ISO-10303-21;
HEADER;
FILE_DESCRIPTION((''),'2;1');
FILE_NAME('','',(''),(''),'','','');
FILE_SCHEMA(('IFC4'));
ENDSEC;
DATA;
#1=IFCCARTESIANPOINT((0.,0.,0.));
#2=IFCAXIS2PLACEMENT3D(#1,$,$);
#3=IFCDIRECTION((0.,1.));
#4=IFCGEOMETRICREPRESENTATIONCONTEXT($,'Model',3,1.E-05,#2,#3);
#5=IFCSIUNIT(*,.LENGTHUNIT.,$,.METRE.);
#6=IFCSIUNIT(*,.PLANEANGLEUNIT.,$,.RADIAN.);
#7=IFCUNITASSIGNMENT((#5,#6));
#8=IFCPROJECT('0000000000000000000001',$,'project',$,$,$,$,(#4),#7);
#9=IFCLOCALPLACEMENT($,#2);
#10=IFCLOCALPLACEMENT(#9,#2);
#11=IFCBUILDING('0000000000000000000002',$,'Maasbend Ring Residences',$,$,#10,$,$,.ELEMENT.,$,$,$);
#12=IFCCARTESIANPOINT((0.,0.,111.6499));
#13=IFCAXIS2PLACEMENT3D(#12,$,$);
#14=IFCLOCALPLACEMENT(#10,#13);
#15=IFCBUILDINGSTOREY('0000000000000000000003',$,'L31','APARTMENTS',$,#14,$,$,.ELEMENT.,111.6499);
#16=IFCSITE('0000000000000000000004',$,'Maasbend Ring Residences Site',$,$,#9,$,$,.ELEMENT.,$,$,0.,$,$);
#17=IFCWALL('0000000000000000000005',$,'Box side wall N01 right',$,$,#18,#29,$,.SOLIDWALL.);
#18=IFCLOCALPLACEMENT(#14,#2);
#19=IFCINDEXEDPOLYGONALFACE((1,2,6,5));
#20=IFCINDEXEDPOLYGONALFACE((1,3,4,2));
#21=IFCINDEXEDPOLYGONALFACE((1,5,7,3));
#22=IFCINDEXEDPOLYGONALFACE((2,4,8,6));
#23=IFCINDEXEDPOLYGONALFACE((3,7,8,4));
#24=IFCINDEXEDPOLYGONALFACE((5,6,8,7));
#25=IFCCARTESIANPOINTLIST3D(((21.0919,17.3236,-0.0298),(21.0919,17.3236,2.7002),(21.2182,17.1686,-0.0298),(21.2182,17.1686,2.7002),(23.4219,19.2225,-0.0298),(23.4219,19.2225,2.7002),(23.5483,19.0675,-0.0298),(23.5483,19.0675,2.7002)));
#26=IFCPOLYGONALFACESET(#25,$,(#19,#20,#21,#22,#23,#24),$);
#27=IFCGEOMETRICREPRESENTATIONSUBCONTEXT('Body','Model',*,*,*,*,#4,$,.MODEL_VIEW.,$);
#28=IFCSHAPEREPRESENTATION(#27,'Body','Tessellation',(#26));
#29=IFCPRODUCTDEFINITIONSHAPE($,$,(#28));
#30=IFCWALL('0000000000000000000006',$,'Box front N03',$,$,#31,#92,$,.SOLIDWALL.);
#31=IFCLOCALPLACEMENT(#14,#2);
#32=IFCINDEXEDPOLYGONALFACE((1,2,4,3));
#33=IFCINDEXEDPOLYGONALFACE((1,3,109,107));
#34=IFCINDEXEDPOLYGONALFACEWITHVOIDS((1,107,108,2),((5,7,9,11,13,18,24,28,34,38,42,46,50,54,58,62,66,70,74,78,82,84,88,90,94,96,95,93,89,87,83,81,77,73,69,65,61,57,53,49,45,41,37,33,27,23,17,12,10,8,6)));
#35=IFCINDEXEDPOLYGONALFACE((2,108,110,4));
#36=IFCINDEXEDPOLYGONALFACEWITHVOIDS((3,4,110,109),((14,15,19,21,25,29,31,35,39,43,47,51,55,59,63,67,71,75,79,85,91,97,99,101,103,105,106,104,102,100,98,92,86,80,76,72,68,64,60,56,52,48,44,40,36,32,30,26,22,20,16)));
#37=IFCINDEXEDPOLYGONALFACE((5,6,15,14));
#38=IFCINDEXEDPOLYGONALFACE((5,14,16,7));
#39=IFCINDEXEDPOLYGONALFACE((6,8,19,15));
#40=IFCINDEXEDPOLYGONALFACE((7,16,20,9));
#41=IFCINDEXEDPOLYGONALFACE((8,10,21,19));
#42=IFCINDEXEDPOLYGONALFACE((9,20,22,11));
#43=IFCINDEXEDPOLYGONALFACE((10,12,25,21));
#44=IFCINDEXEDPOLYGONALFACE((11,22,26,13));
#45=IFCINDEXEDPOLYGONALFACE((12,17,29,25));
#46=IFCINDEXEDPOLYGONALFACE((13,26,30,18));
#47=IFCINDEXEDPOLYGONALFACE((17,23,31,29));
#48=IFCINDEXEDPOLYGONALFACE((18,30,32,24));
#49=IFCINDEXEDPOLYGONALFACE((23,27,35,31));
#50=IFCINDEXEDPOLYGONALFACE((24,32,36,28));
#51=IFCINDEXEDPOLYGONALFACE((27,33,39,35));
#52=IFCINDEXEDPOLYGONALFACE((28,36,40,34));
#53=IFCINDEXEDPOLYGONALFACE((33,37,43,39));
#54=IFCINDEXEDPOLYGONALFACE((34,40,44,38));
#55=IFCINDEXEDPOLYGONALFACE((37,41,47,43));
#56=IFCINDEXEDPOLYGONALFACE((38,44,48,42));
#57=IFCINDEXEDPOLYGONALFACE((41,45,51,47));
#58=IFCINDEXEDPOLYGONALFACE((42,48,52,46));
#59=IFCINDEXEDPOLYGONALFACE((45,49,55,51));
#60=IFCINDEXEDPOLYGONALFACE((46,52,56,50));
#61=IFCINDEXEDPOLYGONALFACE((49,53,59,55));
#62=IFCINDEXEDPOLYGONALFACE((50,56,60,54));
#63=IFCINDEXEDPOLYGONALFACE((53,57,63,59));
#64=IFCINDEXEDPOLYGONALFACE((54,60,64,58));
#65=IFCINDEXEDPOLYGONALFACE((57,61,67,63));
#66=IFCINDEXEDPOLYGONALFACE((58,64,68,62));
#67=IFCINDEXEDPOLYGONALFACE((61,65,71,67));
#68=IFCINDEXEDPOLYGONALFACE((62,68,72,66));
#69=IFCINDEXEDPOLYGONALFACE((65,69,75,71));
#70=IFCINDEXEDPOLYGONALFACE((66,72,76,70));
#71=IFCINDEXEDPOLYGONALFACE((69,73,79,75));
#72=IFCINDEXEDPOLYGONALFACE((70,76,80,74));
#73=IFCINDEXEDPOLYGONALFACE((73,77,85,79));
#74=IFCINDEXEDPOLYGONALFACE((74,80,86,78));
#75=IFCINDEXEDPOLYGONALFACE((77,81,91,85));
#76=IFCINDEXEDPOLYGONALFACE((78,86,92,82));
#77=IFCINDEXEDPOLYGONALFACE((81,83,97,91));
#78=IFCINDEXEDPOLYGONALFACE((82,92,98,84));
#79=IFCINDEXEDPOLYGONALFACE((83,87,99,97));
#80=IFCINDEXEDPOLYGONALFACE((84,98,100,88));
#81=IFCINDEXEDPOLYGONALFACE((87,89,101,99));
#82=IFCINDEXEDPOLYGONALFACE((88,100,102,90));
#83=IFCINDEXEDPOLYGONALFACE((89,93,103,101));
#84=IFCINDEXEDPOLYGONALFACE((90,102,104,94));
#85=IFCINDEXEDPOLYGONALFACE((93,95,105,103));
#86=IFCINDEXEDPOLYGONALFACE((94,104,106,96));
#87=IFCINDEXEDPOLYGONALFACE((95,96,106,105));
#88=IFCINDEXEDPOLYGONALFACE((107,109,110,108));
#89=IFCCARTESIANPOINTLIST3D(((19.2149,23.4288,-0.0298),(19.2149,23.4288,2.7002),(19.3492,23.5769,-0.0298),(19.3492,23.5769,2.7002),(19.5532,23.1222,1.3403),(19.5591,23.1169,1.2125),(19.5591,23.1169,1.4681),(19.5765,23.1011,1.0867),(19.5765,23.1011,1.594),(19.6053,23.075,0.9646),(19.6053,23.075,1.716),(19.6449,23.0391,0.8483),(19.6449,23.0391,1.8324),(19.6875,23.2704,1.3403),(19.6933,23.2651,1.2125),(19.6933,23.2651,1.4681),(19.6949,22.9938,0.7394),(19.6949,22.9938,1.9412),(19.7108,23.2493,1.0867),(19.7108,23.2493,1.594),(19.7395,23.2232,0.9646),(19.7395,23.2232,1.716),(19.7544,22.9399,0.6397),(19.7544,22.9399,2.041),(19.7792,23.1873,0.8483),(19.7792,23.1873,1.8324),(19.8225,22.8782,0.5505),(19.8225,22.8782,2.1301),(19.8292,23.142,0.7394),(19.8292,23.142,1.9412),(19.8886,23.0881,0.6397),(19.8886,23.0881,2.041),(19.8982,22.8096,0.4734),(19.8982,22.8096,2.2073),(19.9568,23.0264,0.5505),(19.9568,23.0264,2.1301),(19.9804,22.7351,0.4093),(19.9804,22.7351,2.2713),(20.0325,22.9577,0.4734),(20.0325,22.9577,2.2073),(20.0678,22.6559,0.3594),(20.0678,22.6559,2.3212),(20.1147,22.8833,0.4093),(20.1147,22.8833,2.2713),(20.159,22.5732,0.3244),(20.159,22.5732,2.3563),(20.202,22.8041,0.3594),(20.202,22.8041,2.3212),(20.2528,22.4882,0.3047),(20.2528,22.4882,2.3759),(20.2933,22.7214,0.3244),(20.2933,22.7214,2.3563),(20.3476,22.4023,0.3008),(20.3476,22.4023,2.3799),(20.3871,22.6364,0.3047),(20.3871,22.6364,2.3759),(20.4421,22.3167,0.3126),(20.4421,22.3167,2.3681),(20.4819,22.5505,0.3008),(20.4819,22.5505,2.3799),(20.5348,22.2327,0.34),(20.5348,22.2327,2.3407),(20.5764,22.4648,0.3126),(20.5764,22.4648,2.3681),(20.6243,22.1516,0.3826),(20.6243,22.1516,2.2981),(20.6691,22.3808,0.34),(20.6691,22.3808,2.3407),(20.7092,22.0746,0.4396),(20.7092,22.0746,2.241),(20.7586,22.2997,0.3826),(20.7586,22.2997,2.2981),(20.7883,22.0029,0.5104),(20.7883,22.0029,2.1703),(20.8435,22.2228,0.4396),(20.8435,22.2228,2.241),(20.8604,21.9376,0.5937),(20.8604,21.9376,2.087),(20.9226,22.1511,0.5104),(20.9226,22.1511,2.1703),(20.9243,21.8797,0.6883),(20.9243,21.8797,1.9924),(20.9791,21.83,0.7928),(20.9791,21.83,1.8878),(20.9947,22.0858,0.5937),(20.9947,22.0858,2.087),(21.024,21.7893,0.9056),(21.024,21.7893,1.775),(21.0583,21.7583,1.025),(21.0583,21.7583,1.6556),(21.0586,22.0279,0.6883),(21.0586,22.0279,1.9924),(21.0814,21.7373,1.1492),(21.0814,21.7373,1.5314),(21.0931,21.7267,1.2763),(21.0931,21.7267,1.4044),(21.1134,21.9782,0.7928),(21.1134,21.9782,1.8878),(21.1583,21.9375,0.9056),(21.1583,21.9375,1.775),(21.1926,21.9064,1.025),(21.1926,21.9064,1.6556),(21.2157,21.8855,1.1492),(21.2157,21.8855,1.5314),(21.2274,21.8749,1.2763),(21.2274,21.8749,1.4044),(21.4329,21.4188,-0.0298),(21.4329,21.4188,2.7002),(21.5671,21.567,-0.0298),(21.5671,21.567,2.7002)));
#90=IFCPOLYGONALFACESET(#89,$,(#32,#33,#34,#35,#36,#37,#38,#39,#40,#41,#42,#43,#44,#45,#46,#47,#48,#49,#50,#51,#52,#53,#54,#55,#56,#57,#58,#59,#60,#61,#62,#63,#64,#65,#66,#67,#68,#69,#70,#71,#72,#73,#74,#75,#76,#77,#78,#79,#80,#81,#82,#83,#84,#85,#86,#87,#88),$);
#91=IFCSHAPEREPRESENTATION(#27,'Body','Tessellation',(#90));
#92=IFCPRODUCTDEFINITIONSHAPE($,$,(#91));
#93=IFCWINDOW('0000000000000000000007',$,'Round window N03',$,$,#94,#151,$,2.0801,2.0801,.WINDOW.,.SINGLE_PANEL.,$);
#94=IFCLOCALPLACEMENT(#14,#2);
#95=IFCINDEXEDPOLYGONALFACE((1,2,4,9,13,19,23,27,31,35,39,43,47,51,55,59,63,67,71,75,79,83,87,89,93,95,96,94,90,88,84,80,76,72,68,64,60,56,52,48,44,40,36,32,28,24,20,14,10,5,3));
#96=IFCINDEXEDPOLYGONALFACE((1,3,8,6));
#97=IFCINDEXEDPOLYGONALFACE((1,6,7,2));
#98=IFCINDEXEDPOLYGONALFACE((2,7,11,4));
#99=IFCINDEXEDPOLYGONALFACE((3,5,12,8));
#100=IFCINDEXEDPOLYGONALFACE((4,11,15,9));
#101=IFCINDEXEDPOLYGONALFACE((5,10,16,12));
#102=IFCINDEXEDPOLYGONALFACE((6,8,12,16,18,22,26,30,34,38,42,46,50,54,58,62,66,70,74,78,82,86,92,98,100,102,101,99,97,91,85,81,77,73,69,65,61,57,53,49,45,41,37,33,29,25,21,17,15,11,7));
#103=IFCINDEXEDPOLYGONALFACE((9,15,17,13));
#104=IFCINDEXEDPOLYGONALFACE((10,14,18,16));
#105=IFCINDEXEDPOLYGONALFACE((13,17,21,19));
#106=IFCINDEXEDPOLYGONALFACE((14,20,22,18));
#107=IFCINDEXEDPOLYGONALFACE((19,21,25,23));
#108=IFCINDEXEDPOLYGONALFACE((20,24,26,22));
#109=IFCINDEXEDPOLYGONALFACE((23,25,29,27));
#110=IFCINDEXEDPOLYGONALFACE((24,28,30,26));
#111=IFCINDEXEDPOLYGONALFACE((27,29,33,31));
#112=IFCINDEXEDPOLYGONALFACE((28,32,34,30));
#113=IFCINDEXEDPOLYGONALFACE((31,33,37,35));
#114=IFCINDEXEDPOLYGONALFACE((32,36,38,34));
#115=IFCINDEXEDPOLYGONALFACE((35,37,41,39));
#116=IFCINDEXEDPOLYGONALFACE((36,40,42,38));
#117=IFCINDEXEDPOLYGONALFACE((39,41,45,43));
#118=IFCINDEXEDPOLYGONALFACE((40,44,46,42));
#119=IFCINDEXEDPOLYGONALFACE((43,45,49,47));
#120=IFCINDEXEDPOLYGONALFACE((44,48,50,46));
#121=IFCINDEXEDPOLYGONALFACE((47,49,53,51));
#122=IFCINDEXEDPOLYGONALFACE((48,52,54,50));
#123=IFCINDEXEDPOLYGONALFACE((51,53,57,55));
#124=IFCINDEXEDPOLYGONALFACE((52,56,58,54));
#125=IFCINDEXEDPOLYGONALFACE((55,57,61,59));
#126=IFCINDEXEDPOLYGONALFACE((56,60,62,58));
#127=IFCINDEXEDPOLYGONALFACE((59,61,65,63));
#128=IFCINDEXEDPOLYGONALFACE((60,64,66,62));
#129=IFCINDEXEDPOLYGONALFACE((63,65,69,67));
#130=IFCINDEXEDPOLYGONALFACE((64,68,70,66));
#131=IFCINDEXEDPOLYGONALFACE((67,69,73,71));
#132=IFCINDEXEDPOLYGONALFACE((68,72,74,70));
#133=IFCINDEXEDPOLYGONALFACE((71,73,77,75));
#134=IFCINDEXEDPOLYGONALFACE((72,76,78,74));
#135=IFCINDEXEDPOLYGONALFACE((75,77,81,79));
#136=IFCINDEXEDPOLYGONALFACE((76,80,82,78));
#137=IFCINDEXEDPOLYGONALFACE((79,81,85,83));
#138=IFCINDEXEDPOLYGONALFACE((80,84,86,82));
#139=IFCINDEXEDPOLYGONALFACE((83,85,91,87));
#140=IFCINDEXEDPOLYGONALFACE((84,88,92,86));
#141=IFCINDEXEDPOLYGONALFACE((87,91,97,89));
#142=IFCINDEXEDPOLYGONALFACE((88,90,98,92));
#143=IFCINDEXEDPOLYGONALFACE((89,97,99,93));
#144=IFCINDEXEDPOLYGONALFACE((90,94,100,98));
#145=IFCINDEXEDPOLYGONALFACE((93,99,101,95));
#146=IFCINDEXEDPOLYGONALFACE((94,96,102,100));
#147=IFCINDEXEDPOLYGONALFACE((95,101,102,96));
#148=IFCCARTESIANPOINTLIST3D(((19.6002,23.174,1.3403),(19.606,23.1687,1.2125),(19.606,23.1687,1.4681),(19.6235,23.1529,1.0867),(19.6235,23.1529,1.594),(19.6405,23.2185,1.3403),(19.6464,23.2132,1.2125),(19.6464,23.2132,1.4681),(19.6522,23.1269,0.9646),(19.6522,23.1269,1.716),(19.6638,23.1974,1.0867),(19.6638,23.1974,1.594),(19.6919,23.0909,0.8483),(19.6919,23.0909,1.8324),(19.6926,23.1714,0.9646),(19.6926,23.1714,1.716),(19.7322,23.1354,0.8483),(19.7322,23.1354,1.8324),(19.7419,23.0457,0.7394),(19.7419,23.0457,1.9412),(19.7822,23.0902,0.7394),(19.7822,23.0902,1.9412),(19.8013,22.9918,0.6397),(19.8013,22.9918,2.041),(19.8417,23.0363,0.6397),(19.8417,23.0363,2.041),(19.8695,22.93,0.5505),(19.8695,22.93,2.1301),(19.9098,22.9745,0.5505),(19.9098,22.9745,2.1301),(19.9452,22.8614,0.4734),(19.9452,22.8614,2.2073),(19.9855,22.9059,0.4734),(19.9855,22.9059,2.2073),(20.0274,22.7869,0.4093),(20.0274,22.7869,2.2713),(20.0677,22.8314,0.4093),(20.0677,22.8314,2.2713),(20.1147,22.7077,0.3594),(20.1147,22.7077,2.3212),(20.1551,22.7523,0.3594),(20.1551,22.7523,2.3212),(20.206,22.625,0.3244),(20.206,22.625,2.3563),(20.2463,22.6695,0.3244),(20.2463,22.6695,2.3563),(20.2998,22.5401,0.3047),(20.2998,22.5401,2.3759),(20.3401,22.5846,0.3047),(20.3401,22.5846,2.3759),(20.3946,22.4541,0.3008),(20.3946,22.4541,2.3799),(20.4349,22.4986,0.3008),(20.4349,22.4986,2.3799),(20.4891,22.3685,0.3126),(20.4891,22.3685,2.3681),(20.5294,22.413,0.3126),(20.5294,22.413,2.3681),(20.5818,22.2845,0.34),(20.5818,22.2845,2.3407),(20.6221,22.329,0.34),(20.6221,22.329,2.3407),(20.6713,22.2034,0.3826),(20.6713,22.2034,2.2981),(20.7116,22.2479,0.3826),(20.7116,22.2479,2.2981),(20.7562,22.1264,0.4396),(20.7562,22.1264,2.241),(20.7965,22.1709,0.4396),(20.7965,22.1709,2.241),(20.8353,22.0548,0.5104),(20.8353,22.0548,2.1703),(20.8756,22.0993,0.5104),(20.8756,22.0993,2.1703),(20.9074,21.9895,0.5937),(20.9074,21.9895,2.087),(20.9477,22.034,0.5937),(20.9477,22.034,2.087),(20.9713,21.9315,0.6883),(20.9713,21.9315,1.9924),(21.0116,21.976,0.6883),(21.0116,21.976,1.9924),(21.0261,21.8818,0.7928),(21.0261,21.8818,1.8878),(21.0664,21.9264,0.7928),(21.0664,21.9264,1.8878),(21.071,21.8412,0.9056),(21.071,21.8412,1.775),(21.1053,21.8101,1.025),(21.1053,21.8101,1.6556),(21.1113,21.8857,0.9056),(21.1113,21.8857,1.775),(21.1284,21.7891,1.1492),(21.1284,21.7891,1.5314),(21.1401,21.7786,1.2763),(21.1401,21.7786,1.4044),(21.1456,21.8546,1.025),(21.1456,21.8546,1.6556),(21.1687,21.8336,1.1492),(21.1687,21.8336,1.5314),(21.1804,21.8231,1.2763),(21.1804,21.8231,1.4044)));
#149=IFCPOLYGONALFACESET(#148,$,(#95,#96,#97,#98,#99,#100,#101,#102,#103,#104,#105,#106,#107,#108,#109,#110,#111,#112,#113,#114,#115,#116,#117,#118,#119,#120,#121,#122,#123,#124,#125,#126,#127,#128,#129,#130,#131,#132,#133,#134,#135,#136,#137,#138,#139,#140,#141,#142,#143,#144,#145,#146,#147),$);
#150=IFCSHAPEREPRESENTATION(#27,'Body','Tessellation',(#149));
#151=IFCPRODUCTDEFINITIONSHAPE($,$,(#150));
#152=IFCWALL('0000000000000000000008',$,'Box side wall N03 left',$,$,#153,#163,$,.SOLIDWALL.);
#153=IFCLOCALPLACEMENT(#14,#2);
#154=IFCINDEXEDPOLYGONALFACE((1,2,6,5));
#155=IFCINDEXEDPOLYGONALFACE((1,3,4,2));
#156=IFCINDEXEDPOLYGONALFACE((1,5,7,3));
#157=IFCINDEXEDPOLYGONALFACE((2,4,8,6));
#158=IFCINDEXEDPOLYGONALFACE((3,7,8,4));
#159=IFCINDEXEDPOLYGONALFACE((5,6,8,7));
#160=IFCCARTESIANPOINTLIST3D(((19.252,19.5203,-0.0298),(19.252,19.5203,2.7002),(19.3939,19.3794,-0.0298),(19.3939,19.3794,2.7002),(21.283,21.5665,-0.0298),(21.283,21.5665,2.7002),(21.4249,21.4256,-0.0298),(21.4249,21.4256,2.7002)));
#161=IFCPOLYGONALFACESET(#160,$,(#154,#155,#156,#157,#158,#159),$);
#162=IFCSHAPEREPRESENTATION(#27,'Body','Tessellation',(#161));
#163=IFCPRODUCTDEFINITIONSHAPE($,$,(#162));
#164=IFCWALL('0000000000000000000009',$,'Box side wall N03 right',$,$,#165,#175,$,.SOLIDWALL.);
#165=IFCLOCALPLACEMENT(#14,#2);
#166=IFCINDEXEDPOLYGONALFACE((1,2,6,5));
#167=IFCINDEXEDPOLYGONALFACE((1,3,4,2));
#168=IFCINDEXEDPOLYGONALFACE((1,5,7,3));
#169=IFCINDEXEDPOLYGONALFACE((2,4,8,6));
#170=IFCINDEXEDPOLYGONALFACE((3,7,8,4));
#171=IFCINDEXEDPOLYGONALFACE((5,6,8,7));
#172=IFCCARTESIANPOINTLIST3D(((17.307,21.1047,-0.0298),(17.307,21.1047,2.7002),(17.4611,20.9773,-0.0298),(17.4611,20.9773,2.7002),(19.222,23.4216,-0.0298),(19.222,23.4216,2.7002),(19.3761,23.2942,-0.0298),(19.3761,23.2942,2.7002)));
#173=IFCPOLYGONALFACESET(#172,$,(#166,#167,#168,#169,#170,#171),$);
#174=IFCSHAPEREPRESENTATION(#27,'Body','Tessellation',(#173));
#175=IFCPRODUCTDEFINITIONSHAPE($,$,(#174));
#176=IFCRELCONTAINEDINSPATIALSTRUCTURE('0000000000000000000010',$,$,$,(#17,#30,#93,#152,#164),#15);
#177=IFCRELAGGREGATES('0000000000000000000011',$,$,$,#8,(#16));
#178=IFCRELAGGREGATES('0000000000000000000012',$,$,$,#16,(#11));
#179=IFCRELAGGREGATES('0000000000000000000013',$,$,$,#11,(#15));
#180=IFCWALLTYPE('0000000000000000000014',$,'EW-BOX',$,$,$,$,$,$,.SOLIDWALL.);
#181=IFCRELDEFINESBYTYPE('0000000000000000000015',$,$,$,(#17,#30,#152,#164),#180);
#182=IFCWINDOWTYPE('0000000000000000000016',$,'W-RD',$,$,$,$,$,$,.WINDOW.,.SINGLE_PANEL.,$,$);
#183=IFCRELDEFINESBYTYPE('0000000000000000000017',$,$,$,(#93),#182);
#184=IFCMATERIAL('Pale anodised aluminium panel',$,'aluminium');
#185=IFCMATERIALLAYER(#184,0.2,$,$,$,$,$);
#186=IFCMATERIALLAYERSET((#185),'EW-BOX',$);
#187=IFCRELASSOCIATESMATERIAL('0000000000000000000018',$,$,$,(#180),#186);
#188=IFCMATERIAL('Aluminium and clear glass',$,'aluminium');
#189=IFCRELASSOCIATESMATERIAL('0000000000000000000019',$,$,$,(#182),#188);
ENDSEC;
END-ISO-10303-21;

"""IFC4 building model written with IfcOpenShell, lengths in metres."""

from ifc_helpers import new_model, si_unit, direction, frame, frame_2d, origin, place, context, subcontext, project, spatial, rectangle, circle, extrude, material, layer, layer_set, type_object, element, fill, save


model = new_model("IFC4")

# Units and contexts
model_context = context("Model", 3, precision=1e-05, world=origin(), true_north=direction((0.0, 1.0)))
body_context = subcontext(model_context, "Body", "Model", "MODEL_VIEW")
ifc_project = project(units=[si_unit("LENGTHUNIT", "METRE"), si_unit("PLANEANGLEUNIT", "RADIAN")], contexts=[model_context])

# Site, building, storey
site_placement = place(None, origin())
site = spatial("IfcSite", under=ifc_project, at=site_placement, Name="Maasbend Ring Residences Site", CompositionType="ELEMENT", RefElevation=0.0)
building_placement = place(site_placement, origin())
building = spatial("IfcBuilding", under=site, at=building_placement, Name="Maasbend Ring Residences", CompositionType="ELEMENT")
storey_placement = place(building_placement, frame((0.0, 0.0, 111.6499)))
storey = spatial("IfcBuildingStorey", under=building, at=storey_placement, Name="L31", Description="APARTMENTS", CompositionType="ELEMENT", Elevation=111.6499)

# Shared definitions
ifc_material_1 = material(Name="Pale anodised aluminium panel", Category="aluminium")
ifc_layer_1 = layer(ifc_material_1, 0.2)
ifc_layer_set_1 = layer_set([ifc_layer_1], Name="EW-BOX")
wall_type_1 = type_object("IfcWallType", Name="EW-BOX", PredefinedType="SOLIDWALL", material=ifc_layer_set_1)
ifc_material_2 = material(Name="Aluminium and clear glass", Category="aluminium")
window_type_1 = type_object("IfcWindowType", Name="W-RD", PartitioningType="SINGLE_PANEL", PredefinedType="WINDOW", material=ifc_material_2)

# Wall
wall_1_placement = place(storey_placement, frame((21.155, 17.2461, -0.0298), z_axis=(0.0, 0.0, 1.0), x_axis=(0.775179, 0.631742, 0.0)))
element("IfcWall", 1, at=wall_1_placement, inside=storey, type_object=wall_type_1, Name="Box side wall N01 right", PredefinedType="SOLIDWALL", context=body_context, shape_type="SweptSolid", body=[
    extrude(rectangle(XDim=3.0059, YDim=0.2, at=frame_2d((1.5029, 0.0))), origin(), (0.0, 0.0, 1.0), 2.73),
])

# Wall, opening, window
wall_2_placement = place(storey_placement, frame((21.5, 21.4929, -0.0298), z_axis=(0.0, 0.0, 1.0), x_axis=(-0.740998, 0.671507, 0.0)))
wall_2 = element("IfcWall", 2, at=wall_2_placement, inside=storey, type_object=wall_type_1, Name="Box front N03", PredefinedType="SOLIDWALL", context=body_context, shape_type="SweptSolid", body=[
    extrude(rectangle(XDim=2.9932, YDim=0.2, at=frame_2d((1.4966, 0.0))), origin(), (0.0, 0.0, 1.0), 2.73),
])
opening_1_placement = place(wall_2_placement, frame((0.4565, 0.0, 0.3301)))
opening_1 = element("IfcOpeningElement", 3, at=opening_1_placement, cuts=wall_2, PredefinedType="OPENING", context=body_context, shape_type="SweptSolid", body=[
    extrude(circle(Radius=1.04, at=frame_2d((1.04, 1.04))), frame((0.0, 0.1099, 0.0), z_axis=(0.0, -1.0, 0.0), x_axis=(1.0, 0.0, 0.0)), (0.0, 0.0, 1.0), 0.22),
])
window_1_placement = place(opening_1_placement, origin())
window_1 = element("IfcWindow", 4, at=window_1_placement, inside=storey, type_object=window_type_1, Name="Round window N03", OverallHeight=2.0801, OverallWidth=2.0801, PartitioningType="SINGLE_PANEL", PredefinedType="WINDOW", context=body_context, shape_type="SweptSolid", body=[
    extrude(circle(Radius=1.04, at=frame_2d((1.04, 1.04))), frame((0.0, 0.03, 0.0), z_axis=(0.0, -1.0, 0.0), x_axis=(1.0, 0.0, 0.0)), (0.0, 0.0, 1.0), 0.0601),
])
fill(opening_1, window_1)

# Walls
wall_3_placement = place(storey_placement, frame((19.323, 19.45, -0.0298), z_axis=(0.0, 0.0, 1.0), x_axis=(0.704477, 0.709727, 0.0)))
element("IfcWall", 5, at=wall_3_placement, inside=storey, type_object=wall_type_1, Name="Box side wall N03 left", PredefinedType="SOLIDWALL", context=body_context, shape_type="SweptSolid", body=[
    extrude(rectangle(XDim=2.8831, YDim=0.2, at=frame_2d((1.4414, 0.0))), origin(), (0.0, 0.0, 1.0), 2.73),
])
wall_4_placement = place(storey_placement, frame((17.384, 21.041, -0.0298), z_axis=(0.0, 0.0, 1.0), x_axis=(0.637096, 0.770785, 0.0)))
element("IfcWall", 6, at=wall_4_placement, inside=storey, type_object=wall_type_1, Name="Box side wall N03 right", PredefinedType="SOLIDWALL", context=body_context, shape_type="SweptSolid", body=[
    extrude(rectangle(XDim=3.0059, YDim=0.2, at=frame_2d((1.5029, 0.0))), origin(), (0.0, 0.0, 1.0), 2.73),
])

save(model, "model.ifc")
